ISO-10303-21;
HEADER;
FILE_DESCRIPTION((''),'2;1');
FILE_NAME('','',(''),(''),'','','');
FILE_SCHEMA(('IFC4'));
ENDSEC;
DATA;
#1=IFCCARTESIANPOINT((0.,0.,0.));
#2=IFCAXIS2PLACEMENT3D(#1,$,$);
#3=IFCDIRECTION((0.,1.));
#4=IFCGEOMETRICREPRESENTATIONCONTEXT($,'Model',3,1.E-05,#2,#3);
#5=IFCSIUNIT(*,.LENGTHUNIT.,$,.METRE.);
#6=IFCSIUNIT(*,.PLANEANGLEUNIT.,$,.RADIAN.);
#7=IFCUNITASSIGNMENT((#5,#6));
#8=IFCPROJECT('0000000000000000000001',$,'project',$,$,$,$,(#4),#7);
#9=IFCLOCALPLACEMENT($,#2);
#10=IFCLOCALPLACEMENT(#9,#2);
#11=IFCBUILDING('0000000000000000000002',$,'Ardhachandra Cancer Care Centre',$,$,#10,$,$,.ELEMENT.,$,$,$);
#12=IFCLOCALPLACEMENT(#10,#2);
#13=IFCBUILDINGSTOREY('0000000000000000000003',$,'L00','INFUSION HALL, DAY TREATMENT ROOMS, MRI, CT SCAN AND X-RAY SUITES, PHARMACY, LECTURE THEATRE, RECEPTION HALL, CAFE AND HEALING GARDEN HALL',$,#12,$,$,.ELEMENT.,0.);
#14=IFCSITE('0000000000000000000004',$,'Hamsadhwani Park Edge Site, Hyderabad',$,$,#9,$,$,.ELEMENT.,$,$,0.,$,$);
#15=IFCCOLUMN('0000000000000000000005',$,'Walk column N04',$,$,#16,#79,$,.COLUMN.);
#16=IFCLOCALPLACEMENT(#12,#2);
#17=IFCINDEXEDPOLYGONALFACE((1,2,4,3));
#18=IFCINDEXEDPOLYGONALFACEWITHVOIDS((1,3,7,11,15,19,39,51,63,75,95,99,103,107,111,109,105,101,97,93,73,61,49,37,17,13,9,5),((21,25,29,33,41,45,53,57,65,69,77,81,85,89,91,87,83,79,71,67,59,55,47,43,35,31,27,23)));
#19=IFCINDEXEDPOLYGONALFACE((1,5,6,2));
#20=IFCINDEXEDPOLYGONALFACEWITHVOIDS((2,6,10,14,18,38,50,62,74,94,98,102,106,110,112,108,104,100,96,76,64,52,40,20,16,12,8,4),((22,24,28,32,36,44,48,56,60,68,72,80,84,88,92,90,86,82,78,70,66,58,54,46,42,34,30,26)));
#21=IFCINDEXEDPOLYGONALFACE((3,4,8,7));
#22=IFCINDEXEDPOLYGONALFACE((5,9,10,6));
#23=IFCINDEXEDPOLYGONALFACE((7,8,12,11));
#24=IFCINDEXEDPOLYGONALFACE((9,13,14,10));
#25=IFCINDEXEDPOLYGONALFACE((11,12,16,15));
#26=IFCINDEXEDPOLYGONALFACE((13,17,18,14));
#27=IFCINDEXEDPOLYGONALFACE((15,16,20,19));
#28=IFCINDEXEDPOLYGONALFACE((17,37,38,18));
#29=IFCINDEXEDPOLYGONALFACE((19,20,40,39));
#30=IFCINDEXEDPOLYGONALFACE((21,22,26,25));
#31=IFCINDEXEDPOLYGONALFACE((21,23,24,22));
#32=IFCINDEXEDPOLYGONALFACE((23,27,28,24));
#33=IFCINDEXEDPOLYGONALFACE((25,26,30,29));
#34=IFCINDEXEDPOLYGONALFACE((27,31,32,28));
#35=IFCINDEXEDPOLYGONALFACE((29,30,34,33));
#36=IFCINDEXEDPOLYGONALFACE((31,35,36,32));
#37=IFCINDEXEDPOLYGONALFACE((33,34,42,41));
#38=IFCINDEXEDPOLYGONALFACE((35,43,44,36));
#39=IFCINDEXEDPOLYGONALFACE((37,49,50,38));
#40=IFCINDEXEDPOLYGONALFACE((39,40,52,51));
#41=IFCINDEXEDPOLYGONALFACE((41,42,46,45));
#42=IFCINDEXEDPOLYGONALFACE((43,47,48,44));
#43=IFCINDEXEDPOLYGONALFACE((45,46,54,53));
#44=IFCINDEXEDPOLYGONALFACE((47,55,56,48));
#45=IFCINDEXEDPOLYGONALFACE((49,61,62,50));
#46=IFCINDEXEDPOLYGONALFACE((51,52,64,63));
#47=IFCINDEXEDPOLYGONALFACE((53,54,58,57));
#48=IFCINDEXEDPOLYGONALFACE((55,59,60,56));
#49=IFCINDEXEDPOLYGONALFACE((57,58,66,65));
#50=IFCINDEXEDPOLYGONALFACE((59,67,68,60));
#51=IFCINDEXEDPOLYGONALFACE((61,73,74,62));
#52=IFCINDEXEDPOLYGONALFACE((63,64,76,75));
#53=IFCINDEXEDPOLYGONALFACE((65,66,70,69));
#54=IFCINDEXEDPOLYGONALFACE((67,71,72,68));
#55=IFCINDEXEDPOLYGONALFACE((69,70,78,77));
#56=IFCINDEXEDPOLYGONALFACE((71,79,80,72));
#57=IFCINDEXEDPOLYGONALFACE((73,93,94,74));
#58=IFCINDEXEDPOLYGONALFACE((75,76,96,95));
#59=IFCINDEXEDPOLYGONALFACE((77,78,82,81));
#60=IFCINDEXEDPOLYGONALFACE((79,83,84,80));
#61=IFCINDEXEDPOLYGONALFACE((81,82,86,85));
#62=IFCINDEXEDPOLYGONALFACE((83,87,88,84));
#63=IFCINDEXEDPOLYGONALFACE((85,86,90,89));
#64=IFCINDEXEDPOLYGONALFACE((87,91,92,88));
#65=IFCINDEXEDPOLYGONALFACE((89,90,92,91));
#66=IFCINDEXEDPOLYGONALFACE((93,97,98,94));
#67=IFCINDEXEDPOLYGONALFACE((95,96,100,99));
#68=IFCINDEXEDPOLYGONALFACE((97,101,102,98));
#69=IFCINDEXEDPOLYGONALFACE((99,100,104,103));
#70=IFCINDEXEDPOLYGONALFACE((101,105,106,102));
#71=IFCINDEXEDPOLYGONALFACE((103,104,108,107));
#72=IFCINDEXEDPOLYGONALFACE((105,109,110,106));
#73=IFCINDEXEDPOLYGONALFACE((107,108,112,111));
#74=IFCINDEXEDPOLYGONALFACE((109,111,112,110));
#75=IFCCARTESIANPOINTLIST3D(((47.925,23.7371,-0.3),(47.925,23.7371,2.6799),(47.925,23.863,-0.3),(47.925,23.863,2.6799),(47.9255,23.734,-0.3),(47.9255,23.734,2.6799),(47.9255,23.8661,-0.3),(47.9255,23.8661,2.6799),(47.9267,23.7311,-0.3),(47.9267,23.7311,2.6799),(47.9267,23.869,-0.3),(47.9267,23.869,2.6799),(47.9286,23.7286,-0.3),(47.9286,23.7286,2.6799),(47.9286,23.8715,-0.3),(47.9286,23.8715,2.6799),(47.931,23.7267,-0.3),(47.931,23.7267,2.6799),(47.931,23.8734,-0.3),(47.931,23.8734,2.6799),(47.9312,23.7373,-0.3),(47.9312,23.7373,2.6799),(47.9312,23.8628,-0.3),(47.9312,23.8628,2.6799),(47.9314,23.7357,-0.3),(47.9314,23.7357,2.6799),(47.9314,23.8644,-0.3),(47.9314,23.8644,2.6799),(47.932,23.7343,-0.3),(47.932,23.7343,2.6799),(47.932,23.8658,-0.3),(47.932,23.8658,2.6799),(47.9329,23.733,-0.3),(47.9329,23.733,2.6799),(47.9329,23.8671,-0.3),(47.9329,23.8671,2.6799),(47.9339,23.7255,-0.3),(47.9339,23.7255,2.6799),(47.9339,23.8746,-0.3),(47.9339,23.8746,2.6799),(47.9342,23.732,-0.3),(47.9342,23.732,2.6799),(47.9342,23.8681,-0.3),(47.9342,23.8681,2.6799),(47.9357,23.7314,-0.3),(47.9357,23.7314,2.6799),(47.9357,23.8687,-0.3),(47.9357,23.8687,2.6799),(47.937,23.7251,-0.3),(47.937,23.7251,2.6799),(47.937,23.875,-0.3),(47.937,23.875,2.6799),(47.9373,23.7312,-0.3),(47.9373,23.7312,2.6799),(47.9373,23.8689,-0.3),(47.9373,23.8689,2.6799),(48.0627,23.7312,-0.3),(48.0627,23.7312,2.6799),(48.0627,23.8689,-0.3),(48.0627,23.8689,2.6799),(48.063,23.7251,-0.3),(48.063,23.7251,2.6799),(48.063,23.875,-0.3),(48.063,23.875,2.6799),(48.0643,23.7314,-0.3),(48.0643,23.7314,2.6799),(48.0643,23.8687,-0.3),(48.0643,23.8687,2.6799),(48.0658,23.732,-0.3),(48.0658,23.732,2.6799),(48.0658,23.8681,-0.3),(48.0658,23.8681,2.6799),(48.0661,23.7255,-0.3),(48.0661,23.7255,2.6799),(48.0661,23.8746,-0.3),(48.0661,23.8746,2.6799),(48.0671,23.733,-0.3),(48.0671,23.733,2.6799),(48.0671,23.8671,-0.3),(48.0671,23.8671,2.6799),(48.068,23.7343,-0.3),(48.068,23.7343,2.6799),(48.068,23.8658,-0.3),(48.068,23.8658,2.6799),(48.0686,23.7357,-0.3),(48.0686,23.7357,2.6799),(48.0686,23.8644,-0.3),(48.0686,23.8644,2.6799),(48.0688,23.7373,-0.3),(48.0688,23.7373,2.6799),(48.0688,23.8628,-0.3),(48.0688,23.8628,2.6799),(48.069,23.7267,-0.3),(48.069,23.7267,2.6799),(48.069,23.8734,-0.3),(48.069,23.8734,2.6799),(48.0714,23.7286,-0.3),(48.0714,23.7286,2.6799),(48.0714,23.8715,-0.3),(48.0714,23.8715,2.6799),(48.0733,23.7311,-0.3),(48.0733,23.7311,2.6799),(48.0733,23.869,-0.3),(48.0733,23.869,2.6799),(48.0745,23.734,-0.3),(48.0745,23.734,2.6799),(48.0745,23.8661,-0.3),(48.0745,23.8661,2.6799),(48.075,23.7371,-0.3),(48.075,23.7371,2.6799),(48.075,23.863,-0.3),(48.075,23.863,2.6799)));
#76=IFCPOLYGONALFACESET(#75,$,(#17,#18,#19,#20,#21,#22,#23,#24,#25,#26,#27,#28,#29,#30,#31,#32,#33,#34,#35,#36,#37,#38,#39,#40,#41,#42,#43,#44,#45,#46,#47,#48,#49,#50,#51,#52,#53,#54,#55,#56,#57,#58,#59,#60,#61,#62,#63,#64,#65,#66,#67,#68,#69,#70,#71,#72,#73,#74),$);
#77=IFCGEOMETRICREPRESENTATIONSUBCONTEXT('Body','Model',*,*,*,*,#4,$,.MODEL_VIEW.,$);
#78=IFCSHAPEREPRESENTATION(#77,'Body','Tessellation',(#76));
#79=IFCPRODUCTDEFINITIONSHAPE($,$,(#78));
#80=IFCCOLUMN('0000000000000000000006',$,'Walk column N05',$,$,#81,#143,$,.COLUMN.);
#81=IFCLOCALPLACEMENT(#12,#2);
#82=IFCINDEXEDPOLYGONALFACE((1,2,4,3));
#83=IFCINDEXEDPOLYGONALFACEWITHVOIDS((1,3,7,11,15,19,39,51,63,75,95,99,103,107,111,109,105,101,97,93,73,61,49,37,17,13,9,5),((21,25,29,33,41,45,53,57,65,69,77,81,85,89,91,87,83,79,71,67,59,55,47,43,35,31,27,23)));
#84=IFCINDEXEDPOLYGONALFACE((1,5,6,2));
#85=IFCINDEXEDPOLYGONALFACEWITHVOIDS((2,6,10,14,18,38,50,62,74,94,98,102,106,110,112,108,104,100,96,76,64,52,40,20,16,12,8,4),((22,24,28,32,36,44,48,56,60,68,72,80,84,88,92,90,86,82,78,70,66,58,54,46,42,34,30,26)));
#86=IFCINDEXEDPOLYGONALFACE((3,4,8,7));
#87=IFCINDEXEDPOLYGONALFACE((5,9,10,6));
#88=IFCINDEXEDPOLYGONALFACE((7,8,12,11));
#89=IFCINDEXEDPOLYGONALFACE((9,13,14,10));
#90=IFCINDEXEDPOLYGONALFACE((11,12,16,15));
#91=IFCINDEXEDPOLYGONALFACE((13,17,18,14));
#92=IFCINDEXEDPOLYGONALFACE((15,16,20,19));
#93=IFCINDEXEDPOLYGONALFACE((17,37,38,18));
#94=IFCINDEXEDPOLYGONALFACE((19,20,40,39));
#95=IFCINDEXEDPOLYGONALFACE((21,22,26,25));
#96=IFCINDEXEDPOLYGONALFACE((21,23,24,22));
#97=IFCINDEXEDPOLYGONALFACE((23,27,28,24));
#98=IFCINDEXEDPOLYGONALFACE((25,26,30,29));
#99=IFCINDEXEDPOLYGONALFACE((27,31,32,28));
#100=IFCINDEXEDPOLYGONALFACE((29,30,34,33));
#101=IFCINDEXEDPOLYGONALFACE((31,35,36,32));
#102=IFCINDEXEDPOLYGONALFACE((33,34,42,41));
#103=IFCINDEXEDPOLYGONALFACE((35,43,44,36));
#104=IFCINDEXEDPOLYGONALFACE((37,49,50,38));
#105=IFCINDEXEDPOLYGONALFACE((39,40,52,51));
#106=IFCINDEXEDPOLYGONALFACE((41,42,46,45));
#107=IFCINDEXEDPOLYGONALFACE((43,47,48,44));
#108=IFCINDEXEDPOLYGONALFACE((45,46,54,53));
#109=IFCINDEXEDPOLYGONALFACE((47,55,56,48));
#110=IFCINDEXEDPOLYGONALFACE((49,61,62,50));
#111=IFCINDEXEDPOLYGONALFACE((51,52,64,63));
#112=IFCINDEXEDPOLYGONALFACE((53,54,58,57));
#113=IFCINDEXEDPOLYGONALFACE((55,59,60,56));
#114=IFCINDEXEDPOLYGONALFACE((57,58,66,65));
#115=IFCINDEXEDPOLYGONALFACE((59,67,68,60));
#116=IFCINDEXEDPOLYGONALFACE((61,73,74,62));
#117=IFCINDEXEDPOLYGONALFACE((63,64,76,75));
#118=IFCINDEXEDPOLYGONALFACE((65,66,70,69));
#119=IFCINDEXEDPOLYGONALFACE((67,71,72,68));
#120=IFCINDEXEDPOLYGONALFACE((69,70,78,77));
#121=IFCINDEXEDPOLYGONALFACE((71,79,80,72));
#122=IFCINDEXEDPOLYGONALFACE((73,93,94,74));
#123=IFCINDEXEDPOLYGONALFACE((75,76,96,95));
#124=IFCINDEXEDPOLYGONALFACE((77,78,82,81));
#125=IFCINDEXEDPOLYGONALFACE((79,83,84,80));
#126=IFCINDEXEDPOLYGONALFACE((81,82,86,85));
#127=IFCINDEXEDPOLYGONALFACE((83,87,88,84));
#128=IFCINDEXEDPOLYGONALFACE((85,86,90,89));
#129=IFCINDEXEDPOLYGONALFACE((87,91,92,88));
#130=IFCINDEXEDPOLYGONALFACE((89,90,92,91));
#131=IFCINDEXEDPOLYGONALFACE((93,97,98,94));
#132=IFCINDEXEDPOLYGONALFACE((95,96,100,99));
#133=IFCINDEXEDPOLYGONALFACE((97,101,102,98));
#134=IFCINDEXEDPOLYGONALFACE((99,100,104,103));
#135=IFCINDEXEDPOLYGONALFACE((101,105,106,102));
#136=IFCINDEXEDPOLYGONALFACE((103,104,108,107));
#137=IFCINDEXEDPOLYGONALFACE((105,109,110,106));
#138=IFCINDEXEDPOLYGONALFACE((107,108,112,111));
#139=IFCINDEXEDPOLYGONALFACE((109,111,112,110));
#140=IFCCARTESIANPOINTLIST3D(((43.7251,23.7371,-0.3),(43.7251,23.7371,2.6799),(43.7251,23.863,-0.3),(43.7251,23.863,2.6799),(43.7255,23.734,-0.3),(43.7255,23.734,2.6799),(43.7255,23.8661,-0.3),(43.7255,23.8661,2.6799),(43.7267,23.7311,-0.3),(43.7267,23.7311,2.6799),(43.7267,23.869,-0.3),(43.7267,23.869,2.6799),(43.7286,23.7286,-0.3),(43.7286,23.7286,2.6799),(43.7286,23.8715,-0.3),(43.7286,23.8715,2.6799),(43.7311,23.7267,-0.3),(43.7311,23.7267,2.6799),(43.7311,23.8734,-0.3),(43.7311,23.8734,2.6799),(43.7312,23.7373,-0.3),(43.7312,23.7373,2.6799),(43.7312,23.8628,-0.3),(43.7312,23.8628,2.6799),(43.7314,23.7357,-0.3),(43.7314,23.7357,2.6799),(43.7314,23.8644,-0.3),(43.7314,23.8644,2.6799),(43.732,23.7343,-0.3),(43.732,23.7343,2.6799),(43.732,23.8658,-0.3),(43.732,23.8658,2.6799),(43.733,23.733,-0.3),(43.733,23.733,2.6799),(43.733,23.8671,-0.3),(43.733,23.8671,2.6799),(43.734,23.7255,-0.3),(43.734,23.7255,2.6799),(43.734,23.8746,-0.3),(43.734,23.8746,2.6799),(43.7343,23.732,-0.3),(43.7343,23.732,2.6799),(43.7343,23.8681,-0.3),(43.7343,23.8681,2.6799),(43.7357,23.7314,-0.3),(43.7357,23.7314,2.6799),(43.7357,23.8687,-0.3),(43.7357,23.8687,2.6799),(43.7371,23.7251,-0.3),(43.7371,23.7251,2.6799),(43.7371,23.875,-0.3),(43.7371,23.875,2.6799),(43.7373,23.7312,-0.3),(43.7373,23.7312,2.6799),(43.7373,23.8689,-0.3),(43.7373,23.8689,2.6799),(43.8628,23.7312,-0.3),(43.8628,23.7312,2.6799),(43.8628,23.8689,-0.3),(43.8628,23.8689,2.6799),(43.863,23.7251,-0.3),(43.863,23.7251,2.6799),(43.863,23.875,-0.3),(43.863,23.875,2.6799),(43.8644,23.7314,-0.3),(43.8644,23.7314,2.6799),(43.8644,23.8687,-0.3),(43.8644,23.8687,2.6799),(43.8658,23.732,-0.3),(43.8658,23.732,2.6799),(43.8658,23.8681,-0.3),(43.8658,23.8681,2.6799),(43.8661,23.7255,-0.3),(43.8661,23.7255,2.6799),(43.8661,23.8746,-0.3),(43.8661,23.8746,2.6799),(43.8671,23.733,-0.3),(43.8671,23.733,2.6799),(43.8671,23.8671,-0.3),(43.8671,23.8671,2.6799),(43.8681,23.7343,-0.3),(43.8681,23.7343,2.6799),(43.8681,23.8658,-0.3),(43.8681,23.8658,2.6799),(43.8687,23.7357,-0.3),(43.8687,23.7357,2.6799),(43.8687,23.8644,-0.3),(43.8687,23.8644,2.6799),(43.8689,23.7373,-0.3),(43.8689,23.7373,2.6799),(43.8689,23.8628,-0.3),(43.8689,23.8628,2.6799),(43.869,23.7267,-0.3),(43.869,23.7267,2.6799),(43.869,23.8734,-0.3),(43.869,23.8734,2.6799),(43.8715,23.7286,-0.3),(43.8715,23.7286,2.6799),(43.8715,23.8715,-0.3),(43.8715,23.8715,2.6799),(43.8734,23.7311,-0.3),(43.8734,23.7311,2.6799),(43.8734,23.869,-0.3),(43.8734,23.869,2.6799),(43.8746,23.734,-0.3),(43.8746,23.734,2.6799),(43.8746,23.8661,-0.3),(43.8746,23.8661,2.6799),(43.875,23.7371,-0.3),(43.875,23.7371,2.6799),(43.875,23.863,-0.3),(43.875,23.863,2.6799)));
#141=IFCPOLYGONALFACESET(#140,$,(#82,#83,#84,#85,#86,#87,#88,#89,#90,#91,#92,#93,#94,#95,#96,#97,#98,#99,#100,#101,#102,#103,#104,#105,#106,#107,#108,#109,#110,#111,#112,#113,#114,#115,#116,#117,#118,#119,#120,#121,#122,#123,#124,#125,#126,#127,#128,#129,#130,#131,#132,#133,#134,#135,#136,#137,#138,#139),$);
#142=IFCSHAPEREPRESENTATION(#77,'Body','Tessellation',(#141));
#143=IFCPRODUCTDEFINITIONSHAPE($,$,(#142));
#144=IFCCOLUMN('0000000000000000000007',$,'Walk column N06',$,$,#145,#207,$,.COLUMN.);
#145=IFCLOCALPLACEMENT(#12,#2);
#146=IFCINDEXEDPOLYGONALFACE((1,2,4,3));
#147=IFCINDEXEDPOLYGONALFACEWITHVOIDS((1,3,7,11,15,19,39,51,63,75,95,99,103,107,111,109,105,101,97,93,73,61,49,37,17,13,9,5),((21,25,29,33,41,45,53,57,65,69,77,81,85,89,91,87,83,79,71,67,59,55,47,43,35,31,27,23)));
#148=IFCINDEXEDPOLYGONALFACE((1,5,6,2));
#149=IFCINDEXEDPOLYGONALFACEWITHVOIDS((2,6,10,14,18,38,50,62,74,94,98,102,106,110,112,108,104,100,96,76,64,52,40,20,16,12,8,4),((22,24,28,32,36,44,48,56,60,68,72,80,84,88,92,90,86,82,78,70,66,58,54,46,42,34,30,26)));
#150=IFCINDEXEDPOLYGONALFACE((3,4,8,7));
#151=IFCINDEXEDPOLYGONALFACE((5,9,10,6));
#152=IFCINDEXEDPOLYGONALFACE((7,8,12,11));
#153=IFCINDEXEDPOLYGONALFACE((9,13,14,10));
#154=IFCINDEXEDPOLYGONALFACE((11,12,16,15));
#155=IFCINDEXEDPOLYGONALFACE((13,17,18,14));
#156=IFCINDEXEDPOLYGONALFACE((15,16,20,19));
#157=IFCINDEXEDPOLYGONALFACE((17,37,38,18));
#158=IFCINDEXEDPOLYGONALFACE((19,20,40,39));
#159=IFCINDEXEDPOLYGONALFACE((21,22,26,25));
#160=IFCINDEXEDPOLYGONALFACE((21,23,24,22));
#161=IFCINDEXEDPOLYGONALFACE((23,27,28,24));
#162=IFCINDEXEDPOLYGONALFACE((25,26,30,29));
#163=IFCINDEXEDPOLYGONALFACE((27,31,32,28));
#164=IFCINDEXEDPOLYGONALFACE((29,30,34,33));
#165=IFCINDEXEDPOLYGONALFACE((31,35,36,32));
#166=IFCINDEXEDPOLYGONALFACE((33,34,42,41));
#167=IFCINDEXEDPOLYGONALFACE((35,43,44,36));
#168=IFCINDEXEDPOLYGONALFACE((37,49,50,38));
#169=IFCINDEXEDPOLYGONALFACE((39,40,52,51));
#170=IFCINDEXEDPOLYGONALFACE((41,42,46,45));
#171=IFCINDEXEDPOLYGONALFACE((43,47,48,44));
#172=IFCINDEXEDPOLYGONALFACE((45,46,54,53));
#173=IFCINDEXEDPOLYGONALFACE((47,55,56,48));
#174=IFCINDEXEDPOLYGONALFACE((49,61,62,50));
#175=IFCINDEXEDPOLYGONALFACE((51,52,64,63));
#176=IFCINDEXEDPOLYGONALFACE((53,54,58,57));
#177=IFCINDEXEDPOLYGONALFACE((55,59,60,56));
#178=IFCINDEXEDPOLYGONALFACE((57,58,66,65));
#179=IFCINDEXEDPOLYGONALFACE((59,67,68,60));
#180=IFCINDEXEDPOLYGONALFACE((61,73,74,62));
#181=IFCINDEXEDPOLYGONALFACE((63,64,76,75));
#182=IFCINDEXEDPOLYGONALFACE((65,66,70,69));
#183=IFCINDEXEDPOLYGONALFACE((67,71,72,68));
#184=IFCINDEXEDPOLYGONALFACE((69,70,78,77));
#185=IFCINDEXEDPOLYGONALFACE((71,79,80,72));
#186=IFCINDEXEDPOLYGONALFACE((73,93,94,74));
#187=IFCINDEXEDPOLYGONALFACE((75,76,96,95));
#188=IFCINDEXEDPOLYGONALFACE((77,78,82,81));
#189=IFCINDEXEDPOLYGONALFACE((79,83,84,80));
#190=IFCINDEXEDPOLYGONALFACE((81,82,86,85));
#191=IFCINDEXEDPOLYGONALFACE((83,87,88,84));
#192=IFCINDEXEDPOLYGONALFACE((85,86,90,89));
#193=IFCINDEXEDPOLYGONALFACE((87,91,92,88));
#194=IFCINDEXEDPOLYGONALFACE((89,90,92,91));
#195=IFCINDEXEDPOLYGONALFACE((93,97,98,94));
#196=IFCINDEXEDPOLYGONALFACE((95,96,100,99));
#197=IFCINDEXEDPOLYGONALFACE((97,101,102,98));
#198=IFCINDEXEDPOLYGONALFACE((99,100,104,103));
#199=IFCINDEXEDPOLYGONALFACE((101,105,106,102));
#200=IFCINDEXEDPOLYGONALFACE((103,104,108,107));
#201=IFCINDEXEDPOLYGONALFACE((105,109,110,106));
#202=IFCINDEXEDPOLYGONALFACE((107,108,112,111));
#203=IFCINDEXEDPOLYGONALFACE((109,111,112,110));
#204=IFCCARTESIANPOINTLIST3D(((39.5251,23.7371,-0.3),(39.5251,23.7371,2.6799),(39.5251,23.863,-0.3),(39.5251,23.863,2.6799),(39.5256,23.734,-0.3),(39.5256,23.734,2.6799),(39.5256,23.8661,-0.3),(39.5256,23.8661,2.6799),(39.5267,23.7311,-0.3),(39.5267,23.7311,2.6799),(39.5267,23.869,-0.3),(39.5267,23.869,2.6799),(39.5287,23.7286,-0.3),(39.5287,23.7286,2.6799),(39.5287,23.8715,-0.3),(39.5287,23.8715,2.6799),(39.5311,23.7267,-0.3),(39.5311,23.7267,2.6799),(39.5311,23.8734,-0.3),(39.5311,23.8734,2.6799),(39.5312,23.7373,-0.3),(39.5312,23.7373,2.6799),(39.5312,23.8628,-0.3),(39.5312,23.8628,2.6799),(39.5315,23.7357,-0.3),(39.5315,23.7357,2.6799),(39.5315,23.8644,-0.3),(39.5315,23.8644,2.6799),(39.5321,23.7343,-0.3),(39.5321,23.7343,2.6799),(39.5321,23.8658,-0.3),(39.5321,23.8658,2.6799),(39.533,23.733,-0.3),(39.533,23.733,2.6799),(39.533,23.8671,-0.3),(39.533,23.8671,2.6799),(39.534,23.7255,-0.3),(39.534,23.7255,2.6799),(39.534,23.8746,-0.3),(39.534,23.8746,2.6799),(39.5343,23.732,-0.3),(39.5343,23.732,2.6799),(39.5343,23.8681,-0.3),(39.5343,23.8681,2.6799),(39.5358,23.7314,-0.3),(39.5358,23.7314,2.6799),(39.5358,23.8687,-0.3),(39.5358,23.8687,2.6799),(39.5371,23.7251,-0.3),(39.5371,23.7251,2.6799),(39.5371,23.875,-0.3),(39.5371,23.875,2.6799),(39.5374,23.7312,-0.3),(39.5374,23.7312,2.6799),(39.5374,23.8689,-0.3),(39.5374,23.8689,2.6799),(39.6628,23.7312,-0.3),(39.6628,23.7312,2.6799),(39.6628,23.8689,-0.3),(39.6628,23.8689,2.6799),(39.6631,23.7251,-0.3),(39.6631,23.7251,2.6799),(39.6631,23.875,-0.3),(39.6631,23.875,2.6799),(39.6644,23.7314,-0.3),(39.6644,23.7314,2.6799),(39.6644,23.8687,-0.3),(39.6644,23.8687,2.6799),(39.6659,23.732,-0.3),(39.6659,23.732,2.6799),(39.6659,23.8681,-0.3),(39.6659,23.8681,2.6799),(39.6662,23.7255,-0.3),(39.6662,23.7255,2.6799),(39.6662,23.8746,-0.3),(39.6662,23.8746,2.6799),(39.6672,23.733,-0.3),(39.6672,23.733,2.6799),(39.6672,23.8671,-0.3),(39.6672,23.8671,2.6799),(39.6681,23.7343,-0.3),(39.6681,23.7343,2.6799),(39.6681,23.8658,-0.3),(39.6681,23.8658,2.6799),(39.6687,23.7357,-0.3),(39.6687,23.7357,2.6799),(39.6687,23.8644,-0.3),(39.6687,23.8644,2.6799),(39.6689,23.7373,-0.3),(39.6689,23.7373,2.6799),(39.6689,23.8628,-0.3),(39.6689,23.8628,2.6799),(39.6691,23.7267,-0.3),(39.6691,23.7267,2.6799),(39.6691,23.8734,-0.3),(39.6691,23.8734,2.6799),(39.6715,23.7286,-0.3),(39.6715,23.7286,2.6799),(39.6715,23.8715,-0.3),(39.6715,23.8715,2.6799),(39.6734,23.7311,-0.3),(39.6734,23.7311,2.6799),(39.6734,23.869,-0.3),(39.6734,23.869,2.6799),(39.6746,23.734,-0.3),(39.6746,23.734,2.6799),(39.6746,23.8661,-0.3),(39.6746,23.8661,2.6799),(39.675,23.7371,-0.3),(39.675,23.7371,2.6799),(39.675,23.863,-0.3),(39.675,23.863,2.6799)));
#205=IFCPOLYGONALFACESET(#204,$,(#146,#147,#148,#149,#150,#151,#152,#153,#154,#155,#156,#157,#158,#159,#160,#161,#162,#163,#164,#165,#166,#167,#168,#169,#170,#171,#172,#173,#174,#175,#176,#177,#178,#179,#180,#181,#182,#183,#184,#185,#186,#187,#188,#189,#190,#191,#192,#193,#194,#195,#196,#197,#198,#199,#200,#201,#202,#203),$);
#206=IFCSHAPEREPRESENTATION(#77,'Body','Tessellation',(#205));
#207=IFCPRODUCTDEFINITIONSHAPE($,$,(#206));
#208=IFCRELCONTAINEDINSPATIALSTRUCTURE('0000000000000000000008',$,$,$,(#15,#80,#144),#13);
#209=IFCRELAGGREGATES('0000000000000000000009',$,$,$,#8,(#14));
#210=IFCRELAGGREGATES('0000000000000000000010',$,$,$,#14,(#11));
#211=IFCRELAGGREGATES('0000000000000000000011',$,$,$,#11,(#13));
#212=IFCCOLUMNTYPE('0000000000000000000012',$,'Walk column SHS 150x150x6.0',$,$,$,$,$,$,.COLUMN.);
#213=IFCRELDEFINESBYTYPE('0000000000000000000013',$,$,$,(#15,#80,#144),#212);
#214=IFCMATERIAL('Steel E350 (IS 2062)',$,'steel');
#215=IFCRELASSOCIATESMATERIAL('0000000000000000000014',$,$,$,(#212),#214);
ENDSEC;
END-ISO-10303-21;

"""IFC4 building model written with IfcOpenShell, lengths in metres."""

from ifc_helpers import new_model, si_unit, direction, frame, origin, origin_2d, place, context, subcontext, project, spatial, hollow_rectangle, extrude, material, material_profile, profile_set, type_object, element, save


model = new_model("IFC4")

# Units and contexts
model_context = context("Model", 3, precision=1e-05, world=origin(), true_north=direction((0.0, 1.0)))
body_context = subcontext(model_context, "Body", "Model", "MODEL_VIEW")
ifc_project = project(units=[si_unit("LENGTHUNIT", "METRE"), si_unit("PLANEANGLEUNIT", "RADIAN")], contexts=[model_context])

# Site, building, storey
site_placement = place(None, origin())
site = spatial("IfcSite", under=ifc_project, at=site_placement, Name="Hamsadhwani Park Edge Site, Hyderabad", CompositionType="ELEMENT", RefElevation=0.0)
building_placement = place(site_placement, origin())
building = spatial("IfcBuilding", under=site, at=building_placement, Name="Ardhachandra Cancer Care Centre", CompositionType="ELEMENT")
storey_placement = place(building_placement, origin())
storey = spatial("IfcBuildingStorey", under=building, at=storey_placement, Name="L00", Description="INFUSION HALL, DAY TREATMENT ROOMS, MRI, CT SCAN AND X-RAY SUITES, PHARMACY, LECTURE THEATRE, RECEPTION HALL, CAFE AND HEALING GARDEN HALL", CompositionType="ELEMENT", Elevation=0.0)

# Columns
ifc_material_1 = material(Name="Steel E350 (IS 2062)", Category="steel")
ifc_material_profile_1 = material_profile(ifc_material_1, hollow_rectangle(XDim=0.1499, YDim=0.1499, WallThickness=0.0061, InnerFilletRadius=0.0061, OuterFilletRadius=0.012, at=origin_2d()), Name="SHS 150x150x6.0")
ifc_profile_set_1 = profile_set([ifc_material_profile_1], Name="Steel E350 (IS 2062)")
column_type = type_object("IfcColumnType", Name="Walk column SHS 150x150x6.0", PredefinedType="COLUMN", material=ifc_profile_set_1)
for number, where, z_axis, x_axis, name in (
    (1, (48.0, 23.8, -0.3), (0.0, 0.0, 1.0), (1.0, 0.0, 0.0), "Walk column N04"),
    (2, (43.8, 23.8, -0.3), (0.0, 0.0, 1.0), (1.0, 0.0, 0.0), "Walk column N05"),
    (3, (39.6001, 23.8, -0.3), (0.0, 0.0, 1.0), (1.0, 0.0, 0.0), "Walk column N06"),
):
    element("IfcColumn", number, at=place(storey_placement, frame(where, z_axis=z_axis, x_axis=x_axis)), inside=storey, type_object=column_type, Name=name, PredefinedType="COLUMN", context=body_context, shape_type="SweptSolid", body=[
        extrude(hollow_rectangle(XDim=0.1499, YDim=0.1499, WallThickness=0.0061, InnerFilletRadius=0.0061, OuterFilletRadius=0.012, at=origin_2d()), origin(), (0.0, 0.0, 1.0), 2.98),
    ])

save(model, "model.ifc")
